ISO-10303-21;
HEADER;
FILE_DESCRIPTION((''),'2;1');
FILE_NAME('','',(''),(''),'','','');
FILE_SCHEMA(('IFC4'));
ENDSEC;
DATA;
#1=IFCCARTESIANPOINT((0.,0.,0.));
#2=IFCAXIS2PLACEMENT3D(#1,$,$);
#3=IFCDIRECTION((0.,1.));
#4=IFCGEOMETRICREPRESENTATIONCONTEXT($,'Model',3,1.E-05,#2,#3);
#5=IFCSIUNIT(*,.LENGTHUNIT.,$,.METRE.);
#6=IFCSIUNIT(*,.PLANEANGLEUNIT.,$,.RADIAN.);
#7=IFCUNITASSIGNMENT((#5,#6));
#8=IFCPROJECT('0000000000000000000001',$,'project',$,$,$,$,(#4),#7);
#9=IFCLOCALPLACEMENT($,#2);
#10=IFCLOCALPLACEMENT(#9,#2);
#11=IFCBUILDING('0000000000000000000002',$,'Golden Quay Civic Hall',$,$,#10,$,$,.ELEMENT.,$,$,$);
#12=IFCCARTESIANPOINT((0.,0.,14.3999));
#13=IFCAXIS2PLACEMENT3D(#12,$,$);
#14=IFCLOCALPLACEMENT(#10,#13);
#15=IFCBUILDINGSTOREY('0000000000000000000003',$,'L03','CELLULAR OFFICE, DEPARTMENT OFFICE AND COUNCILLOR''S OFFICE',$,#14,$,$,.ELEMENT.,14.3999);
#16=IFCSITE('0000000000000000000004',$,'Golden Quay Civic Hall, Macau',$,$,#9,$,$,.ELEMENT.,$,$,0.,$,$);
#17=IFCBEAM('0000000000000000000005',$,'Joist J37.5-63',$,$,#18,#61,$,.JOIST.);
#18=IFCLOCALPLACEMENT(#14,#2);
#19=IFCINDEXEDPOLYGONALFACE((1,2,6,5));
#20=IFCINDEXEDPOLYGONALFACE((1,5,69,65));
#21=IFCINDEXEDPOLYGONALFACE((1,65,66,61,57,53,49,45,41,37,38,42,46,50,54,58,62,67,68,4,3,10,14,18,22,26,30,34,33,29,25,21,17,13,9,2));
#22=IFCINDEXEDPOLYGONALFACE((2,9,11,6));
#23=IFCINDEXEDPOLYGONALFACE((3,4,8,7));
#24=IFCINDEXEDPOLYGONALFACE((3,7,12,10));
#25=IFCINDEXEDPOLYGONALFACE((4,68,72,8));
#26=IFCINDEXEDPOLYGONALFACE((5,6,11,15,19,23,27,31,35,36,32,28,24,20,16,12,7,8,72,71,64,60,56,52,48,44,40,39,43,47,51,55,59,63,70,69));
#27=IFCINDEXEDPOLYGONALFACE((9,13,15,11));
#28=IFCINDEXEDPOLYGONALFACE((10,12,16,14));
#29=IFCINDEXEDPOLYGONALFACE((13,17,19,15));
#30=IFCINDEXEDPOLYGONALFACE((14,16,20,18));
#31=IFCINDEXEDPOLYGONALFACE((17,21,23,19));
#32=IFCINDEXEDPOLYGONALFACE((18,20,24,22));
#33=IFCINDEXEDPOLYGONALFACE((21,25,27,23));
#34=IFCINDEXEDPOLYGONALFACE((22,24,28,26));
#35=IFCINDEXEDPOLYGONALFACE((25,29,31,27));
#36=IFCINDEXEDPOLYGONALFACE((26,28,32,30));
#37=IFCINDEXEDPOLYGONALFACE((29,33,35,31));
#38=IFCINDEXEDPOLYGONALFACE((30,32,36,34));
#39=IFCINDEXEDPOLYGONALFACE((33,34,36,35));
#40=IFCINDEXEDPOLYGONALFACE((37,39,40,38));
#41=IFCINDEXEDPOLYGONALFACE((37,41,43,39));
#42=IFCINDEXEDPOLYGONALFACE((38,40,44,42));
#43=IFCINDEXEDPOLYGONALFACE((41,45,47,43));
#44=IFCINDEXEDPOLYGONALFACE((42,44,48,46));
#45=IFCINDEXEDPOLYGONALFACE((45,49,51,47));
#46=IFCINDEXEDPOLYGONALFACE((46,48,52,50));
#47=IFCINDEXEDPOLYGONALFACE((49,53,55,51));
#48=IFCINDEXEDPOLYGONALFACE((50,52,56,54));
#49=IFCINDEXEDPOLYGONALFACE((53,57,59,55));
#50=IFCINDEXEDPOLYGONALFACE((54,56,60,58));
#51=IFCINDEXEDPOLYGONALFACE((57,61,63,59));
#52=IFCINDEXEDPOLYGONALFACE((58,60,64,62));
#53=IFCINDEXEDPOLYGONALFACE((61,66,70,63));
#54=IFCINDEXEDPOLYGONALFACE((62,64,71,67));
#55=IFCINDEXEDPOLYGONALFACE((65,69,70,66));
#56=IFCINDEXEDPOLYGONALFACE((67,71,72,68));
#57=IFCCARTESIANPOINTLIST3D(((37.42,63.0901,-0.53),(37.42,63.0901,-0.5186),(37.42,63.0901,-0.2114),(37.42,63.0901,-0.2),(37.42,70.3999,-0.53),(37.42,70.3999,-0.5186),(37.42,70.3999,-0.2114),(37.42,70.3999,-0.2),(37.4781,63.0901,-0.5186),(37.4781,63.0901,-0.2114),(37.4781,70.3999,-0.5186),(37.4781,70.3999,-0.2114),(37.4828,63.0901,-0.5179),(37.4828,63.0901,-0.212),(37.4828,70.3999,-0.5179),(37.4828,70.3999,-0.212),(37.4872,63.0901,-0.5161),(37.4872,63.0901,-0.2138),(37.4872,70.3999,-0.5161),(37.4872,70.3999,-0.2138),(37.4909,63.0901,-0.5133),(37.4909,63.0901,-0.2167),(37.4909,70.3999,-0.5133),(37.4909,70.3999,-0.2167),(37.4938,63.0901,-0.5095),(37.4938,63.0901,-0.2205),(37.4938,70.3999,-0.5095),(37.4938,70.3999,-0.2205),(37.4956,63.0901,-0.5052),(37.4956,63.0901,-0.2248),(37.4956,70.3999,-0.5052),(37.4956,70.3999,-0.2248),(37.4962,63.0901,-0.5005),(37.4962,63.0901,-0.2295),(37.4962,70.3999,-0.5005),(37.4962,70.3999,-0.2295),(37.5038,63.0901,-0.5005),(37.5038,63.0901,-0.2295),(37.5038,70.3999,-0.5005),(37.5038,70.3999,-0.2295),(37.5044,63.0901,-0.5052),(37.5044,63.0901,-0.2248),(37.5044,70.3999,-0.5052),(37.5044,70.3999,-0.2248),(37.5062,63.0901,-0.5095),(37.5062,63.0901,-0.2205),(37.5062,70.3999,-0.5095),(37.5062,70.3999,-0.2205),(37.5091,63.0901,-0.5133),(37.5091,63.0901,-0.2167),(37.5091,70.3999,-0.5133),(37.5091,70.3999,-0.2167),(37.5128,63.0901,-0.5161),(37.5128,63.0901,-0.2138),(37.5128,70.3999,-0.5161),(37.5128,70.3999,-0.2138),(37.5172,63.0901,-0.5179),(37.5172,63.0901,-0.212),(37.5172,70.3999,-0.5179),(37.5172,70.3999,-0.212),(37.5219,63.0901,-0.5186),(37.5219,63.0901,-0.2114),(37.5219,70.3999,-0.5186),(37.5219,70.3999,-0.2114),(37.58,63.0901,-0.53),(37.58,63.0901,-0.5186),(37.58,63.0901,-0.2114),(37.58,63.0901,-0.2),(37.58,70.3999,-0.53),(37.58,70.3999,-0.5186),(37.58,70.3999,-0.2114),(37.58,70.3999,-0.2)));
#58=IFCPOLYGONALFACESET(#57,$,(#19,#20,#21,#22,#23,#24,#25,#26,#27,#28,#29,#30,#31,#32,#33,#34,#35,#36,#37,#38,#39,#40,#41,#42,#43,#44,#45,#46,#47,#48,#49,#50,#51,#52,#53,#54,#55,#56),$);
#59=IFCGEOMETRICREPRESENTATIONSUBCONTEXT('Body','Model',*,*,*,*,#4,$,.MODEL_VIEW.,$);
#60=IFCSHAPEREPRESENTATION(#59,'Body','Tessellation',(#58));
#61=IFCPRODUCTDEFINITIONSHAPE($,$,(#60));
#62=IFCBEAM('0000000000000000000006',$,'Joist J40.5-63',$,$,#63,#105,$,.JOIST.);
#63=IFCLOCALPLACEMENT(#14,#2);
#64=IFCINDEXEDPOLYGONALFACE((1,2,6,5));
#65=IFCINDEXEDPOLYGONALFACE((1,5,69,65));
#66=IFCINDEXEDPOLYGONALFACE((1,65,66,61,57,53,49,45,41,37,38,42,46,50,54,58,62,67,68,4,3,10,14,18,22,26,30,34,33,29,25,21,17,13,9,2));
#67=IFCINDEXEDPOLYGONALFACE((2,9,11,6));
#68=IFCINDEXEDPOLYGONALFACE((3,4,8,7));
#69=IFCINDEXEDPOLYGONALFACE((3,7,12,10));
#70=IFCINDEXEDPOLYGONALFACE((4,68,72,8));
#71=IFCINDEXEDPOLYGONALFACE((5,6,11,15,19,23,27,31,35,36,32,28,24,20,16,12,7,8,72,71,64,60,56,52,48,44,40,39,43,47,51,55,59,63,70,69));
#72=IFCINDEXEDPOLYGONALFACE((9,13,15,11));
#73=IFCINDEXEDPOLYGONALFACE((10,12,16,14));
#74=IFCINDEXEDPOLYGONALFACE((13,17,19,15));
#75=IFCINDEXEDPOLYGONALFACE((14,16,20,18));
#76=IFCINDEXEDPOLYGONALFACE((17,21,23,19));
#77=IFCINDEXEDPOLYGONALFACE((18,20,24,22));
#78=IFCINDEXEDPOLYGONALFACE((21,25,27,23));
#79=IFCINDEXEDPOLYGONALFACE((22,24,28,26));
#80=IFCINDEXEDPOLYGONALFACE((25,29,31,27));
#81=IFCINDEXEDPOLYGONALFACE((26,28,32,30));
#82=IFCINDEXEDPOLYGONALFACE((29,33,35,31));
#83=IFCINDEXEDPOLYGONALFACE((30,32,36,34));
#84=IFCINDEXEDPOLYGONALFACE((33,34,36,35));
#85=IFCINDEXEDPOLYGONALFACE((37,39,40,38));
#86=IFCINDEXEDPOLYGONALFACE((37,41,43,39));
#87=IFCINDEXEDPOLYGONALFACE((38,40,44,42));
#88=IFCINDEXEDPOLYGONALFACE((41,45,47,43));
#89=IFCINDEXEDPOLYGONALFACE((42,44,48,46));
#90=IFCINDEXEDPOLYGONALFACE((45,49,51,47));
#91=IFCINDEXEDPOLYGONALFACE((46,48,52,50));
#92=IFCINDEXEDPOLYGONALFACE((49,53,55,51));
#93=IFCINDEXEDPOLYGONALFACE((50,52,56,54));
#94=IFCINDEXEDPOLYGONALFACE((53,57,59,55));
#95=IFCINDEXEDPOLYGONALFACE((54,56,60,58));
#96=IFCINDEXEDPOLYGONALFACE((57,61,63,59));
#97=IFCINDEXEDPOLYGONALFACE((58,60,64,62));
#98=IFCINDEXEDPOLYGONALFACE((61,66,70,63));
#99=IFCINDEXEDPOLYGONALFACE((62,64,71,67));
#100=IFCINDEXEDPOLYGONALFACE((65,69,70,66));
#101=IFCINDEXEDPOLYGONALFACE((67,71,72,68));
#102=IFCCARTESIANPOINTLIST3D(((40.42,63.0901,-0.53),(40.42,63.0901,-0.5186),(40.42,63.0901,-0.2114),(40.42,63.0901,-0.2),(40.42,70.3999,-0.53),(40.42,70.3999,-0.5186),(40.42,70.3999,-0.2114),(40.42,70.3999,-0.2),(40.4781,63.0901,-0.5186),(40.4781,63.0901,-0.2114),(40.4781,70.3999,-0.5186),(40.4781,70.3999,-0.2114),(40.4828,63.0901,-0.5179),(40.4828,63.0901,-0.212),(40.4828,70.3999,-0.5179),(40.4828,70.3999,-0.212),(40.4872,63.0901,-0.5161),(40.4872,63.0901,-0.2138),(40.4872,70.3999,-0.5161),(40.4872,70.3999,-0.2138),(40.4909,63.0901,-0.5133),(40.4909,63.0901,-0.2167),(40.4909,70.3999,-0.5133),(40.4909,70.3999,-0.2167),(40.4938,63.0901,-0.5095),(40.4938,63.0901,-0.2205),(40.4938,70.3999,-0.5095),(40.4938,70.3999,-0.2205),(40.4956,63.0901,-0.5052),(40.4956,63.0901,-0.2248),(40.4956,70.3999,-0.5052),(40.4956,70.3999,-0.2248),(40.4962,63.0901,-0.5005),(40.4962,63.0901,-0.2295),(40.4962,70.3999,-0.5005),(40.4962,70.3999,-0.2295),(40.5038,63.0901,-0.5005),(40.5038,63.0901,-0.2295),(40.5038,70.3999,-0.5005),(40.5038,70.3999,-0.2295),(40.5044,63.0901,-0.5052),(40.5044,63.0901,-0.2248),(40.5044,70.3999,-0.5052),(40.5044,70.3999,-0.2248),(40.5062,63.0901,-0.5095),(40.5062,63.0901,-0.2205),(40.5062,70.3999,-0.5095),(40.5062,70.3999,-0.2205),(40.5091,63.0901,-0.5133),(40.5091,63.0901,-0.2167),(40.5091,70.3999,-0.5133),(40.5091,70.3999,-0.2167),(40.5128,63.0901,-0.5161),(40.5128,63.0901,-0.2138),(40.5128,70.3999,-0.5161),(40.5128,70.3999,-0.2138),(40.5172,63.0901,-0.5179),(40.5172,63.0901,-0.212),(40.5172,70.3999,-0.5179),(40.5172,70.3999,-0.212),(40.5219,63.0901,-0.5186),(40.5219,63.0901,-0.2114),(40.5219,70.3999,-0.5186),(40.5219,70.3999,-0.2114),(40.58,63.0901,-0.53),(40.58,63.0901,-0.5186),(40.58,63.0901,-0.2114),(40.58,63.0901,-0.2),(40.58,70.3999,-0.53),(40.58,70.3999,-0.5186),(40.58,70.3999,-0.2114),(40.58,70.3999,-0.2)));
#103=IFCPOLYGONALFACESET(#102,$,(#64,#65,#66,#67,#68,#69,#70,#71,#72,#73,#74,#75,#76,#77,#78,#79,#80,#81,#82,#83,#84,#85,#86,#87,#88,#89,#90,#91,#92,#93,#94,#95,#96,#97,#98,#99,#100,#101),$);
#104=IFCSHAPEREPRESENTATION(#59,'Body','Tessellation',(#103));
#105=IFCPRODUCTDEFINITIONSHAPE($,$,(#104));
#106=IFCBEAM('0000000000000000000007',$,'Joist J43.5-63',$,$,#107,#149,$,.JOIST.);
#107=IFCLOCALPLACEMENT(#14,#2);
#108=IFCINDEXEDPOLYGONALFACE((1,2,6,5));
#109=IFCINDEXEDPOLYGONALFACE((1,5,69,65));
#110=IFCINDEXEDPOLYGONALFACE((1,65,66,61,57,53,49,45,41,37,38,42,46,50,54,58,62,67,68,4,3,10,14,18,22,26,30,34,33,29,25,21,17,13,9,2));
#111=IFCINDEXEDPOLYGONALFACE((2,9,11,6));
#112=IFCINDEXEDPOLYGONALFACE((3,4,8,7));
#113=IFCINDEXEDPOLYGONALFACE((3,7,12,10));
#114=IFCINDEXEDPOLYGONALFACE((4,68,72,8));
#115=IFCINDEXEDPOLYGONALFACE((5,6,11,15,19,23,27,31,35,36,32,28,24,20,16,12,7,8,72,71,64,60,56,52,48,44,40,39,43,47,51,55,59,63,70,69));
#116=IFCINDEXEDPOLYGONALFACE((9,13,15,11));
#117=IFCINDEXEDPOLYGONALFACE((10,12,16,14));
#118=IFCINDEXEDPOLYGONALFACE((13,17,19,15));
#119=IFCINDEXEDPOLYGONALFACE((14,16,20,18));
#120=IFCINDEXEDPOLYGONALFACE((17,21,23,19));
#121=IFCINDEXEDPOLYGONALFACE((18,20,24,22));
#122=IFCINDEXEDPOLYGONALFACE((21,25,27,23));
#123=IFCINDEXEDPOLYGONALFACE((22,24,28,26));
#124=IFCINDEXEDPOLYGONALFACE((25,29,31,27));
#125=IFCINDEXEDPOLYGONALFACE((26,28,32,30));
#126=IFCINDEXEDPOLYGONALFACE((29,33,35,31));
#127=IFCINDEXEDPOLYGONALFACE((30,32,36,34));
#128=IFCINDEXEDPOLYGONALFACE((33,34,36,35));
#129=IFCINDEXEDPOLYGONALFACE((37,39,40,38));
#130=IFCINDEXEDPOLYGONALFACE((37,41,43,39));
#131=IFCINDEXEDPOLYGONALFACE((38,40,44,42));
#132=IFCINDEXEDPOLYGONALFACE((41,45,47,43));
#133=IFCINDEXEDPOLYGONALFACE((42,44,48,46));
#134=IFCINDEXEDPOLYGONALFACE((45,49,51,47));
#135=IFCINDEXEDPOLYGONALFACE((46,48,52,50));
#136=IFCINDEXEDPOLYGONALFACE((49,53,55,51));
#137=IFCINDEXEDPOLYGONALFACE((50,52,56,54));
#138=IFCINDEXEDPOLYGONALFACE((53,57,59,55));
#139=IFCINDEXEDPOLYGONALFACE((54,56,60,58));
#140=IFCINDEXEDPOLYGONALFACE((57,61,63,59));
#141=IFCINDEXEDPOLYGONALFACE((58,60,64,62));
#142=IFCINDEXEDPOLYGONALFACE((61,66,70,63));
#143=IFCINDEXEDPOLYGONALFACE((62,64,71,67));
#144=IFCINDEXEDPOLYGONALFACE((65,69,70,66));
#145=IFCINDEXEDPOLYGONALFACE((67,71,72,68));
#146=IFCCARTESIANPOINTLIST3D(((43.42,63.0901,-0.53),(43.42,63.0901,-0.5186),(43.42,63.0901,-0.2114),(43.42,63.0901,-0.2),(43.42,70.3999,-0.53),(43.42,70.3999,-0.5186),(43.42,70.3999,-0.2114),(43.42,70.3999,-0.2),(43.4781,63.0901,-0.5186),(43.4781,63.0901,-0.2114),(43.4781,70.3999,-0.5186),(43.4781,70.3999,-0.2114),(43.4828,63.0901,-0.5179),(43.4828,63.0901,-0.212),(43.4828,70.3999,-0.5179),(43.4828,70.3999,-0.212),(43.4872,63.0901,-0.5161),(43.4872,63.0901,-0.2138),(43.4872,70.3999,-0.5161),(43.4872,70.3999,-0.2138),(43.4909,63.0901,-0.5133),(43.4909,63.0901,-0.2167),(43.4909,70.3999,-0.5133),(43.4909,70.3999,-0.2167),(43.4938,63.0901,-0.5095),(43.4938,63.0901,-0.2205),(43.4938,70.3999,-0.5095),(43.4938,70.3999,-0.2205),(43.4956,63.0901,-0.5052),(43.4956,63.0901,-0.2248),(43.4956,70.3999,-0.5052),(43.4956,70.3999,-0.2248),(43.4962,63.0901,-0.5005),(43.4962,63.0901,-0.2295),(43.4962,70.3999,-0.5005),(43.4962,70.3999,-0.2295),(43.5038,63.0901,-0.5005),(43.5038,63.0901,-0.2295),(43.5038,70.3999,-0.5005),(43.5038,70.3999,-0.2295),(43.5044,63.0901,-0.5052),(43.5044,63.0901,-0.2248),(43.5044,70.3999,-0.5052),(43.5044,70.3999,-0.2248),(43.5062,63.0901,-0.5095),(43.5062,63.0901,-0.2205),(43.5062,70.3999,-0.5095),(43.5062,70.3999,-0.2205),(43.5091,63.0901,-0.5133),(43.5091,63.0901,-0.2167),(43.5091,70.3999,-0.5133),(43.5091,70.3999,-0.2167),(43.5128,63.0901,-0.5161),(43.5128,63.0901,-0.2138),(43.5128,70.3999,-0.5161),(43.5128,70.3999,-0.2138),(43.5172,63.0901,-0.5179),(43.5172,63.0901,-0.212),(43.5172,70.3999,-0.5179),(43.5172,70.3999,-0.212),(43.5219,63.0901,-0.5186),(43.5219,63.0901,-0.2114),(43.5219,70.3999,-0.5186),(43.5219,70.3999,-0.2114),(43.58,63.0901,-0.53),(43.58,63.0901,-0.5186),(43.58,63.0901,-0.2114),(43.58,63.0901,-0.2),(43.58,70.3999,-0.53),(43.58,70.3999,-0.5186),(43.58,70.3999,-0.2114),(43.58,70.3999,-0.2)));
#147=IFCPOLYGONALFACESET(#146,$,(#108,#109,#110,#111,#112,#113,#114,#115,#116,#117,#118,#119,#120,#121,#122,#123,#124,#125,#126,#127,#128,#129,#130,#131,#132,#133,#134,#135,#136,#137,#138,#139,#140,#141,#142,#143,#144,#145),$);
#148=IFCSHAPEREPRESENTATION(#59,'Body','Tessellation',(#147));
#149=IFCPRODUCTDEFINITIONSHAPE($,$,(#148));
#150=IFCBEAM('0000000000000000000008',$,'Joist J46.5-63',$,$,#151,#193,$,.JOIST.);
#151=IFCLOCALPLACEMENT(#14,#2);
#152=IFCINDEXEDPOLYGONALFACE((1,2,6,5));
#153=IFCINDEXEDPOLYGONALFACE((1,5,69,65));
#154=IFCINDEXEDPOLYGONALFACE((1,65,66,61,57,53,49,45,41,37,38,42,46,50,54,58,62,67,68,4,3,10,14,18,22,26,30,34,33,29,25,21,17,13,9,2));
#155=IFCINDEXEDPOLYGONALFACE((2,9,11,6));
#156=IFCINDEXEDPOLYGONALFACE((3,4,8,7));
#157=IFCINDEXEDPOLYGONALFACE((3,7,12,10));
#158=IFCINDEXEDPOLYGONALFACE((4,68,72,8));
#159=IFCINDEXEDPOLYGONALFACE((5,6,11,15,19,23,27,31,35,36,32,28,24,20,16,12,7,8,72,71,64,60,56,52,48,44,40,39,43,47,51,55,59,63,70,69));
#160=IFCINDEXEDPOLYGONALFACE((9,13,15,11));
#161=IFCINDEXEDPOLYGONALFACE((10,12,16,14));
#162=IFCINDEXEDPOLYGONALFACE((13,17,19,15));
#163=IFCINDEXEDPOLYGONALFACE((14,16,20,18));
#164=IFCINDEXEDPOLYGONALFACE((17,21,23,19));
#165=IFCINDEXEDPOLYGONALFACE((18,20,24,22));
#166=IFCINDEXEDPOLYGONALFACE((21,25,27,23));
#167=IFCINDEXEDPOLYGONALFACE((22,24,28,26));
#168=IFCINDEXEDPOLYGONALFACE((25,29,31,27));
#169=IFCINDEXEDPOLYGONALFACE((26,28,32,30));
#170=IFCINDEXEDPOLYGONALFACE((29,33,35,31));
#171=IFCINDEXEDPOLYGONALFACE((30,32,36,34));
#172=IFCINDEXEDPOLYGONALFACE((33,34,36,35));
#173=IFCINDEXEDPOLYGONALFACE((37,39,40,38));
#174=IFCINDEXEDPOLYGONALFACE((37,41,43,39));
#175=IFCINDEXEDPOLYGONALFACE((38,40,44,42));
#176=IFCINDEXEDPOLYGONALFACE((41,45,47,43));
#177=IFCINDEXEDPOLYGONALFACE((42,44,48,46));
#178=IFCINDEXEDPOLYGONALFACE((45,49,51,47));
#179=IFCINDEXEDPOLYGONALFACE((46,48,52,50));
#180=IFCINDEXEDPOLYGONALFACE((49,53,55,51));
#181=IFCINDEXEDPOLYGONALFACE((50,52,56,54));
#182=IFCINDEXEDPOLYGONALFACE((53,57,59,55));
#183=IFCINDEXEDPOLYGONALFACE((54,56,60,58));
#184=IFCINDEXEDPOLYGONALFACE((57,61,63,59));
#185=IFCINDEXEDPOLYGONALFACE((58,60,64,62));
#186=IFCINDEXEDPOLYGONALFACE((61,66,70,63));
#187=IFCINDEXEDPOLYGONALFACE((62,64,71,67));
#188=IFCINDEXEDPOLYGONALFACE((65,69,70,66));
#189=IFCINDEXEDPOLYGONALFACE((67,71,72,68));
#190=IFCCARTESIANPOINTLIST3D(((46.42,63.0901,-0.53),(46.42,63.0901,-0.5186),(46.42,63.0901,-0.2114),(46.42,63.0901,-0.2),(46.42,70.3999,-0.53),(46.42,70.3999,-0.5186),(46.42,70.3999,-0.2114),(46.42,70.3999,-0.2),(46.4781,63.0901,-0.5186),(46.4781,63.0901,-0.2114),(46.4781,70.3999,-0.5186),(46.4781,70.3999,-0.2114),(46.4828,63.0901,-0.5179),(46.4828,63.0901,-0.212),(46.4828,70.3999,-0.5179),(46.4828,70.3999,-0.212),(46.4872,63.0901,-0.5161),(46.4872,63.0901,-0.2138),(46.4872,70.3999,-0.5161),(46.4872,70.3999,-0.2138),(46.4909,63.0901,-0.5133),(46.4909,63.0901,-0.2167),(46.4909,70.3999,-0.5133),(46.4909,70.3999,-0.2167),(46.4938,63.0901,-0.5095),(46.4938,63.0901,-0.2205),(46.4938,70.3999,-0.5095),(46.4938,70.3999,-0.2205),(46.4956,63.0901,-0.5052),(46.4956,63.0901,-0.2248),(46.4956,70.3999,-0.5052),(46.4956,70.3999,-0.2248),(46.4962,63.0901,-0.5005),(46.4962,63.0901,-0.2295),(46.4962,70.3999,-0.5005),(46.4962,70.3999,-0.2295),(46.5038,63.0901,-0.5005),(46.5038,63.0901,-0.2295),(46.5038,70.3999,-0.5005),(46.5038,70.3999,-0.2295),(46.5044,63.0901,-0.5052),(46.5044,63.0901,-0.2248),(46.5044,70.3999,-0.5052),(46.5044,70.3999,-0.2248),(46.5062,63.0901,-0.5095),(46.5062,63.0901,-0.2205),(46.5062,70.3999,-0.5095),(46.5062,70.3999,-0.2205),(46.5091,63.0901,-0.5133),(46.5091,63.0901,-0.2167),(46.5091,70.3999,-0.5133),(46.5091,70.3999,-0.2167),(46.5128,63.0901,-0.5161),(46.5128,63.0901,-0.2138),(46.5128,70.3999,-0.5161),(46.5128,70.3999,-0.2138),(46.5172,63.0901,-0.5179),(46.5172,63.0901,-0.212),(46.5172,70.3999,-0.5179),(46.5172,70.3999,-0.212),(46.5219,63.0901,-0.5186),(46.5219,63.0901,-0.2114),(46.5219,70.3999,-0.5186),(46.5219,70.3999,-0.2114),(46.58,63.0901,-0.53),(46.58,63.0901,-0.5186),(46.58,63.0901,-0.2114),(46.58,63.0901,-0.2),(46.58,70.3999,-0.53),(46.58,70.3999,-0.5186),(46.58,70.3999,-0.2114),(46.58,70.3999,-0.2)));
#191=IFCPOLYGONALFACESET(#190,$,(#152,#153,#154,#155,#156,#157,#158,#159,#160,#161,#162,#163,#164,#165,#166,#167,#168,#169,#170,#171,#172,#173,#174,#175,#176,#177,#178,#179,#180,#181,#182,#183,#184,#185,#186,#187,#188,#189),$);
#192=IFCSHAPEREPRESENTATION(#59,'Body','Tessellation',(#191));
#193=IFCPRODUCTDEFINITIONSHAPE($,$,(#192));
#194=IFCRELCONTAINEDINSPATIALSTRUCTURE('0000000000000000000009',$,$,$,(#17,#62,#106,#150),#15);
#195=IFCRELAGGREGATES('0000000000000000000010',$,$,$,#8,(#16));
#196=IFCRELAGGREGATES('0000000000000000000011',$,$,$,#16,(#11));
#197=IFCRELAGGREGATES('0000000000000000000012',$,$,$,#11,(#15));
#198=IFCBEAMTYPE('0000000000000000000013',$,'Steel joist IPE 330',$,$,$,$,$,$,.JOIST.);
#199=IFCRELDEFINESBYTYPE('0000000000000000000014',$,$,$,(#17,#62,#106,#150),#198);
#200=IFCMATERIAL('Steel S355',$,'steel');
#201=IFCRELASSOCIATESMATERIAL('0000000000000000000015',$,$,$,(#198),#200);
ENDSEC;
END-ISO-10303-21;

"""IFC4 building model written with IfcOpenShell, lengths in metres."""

from ifc_helpers import new_model, si_unit, direction, frame, origin, origin_2d, place, context, subcontext, project, spatial, i_section, extrude, material, material_profile, profile_set, type_object, element, save


model = new_model("IFC4")

# Units and contexts
model_context = context("Model", 3, precision=1e-05, world=origin(), true_north=direction((0.0, 1.0)))
body_context = subcontext(model_context, "Body", "Model", "MODEL_VIEW")
ifc_project = project(units=[si_unit("LENGTHUNIT", "METRE"), si_unit("PLANEANGLEUNIT", "RADIAN")], contexts=[model_context])

# Site, building, storey
site_placement = place(None, origin())
site = spatial("IfcSite", under=ifc_project, at=site_placement, Name="Golden Quay Civic Hall, Macau", CompositionType="ELEMENT", RefElevation=0.0)
building_placement = place(site_placement, origin())
building = spatial("IfcBuilding", under=site, at=building_placement, Name="Golden Quay Civic Hall", CompositionType="ELEMENT")
storey_placement = place(building_placement, frame((0.0, 0.0, 14.3999)))
storey = spatial("IfcBuildingStorey", under=building, at=storey_placement, Name="L03", Description="CELLULAR OFFICE, DEPARTMENT OFFICE AND COUNCILLOR'S OFFICE", CompositionType="ELEMENT", Elevation=14.3999)

# Beams
ifc_material_1 = material(Name="Steel S355", Category="steel")
ifc_material_profile_1 = material_profile(ifc_material_1, i_section(OverallWidth=0.1599, OverallDepth=0.3301, WebThickness=0.0076, FlangeThickness=0.0115, FilletRadius=0.0181, at=origin_2d()), Name="IPE 330")
ifc_profile_set_1 = profile_set([ifc_material_profile_1], Name="Steel S355")
beam_type_1 = type_object("IfcBeamType", Name="Steel joist IPE 330", PredefinedType="JOIST", material=ifc_profile_set_1)
for number, where, z_axis, x_axis, name in (
    (1, (37.5, 63.0901, -0.365), (0.0, 1.0, 0.0), (-1.0, 0.0, 0.0), "Joist J37.5-63"),
    (2, (40.5, 63.0901, -0.365), (0.0, 1.0, 0.0), (-1.0, 0.0, 0.0), "Joist J40.5-63"),
    (3, (43.5, 63.0901, -0.365), (0.0, 1.0, 0.0), (-1.0, 0.0, 0.0), "Joist J43.5-63"),
    (4, (46.5, 63.0901, -0.365), (0.0, 1.0, 0.0), (-1.0, 0.0, 0.0), "Joist J46.5-63"),
):
    element("IfcBeam", number, at=place(storey_placement, frame(where, z_axis=z_axis, x_axis=x_axis)), inside=storey, type_object=beam_type_1, Name=name, PredefinedType="JOIST", context=body_context, shape_type="SweptSolid", body=[
        extrude(i_section(OverallWidth=0.1599, OverallDepth=0.3301, WebThickness=0.0076, FlangeThickness=0.0115, FilletRadius=0.0181, at=origin_2d()), origin(), (0.0, 0.0, 1.0), 7.3098),
    ])

save(model, "model.ifc")
